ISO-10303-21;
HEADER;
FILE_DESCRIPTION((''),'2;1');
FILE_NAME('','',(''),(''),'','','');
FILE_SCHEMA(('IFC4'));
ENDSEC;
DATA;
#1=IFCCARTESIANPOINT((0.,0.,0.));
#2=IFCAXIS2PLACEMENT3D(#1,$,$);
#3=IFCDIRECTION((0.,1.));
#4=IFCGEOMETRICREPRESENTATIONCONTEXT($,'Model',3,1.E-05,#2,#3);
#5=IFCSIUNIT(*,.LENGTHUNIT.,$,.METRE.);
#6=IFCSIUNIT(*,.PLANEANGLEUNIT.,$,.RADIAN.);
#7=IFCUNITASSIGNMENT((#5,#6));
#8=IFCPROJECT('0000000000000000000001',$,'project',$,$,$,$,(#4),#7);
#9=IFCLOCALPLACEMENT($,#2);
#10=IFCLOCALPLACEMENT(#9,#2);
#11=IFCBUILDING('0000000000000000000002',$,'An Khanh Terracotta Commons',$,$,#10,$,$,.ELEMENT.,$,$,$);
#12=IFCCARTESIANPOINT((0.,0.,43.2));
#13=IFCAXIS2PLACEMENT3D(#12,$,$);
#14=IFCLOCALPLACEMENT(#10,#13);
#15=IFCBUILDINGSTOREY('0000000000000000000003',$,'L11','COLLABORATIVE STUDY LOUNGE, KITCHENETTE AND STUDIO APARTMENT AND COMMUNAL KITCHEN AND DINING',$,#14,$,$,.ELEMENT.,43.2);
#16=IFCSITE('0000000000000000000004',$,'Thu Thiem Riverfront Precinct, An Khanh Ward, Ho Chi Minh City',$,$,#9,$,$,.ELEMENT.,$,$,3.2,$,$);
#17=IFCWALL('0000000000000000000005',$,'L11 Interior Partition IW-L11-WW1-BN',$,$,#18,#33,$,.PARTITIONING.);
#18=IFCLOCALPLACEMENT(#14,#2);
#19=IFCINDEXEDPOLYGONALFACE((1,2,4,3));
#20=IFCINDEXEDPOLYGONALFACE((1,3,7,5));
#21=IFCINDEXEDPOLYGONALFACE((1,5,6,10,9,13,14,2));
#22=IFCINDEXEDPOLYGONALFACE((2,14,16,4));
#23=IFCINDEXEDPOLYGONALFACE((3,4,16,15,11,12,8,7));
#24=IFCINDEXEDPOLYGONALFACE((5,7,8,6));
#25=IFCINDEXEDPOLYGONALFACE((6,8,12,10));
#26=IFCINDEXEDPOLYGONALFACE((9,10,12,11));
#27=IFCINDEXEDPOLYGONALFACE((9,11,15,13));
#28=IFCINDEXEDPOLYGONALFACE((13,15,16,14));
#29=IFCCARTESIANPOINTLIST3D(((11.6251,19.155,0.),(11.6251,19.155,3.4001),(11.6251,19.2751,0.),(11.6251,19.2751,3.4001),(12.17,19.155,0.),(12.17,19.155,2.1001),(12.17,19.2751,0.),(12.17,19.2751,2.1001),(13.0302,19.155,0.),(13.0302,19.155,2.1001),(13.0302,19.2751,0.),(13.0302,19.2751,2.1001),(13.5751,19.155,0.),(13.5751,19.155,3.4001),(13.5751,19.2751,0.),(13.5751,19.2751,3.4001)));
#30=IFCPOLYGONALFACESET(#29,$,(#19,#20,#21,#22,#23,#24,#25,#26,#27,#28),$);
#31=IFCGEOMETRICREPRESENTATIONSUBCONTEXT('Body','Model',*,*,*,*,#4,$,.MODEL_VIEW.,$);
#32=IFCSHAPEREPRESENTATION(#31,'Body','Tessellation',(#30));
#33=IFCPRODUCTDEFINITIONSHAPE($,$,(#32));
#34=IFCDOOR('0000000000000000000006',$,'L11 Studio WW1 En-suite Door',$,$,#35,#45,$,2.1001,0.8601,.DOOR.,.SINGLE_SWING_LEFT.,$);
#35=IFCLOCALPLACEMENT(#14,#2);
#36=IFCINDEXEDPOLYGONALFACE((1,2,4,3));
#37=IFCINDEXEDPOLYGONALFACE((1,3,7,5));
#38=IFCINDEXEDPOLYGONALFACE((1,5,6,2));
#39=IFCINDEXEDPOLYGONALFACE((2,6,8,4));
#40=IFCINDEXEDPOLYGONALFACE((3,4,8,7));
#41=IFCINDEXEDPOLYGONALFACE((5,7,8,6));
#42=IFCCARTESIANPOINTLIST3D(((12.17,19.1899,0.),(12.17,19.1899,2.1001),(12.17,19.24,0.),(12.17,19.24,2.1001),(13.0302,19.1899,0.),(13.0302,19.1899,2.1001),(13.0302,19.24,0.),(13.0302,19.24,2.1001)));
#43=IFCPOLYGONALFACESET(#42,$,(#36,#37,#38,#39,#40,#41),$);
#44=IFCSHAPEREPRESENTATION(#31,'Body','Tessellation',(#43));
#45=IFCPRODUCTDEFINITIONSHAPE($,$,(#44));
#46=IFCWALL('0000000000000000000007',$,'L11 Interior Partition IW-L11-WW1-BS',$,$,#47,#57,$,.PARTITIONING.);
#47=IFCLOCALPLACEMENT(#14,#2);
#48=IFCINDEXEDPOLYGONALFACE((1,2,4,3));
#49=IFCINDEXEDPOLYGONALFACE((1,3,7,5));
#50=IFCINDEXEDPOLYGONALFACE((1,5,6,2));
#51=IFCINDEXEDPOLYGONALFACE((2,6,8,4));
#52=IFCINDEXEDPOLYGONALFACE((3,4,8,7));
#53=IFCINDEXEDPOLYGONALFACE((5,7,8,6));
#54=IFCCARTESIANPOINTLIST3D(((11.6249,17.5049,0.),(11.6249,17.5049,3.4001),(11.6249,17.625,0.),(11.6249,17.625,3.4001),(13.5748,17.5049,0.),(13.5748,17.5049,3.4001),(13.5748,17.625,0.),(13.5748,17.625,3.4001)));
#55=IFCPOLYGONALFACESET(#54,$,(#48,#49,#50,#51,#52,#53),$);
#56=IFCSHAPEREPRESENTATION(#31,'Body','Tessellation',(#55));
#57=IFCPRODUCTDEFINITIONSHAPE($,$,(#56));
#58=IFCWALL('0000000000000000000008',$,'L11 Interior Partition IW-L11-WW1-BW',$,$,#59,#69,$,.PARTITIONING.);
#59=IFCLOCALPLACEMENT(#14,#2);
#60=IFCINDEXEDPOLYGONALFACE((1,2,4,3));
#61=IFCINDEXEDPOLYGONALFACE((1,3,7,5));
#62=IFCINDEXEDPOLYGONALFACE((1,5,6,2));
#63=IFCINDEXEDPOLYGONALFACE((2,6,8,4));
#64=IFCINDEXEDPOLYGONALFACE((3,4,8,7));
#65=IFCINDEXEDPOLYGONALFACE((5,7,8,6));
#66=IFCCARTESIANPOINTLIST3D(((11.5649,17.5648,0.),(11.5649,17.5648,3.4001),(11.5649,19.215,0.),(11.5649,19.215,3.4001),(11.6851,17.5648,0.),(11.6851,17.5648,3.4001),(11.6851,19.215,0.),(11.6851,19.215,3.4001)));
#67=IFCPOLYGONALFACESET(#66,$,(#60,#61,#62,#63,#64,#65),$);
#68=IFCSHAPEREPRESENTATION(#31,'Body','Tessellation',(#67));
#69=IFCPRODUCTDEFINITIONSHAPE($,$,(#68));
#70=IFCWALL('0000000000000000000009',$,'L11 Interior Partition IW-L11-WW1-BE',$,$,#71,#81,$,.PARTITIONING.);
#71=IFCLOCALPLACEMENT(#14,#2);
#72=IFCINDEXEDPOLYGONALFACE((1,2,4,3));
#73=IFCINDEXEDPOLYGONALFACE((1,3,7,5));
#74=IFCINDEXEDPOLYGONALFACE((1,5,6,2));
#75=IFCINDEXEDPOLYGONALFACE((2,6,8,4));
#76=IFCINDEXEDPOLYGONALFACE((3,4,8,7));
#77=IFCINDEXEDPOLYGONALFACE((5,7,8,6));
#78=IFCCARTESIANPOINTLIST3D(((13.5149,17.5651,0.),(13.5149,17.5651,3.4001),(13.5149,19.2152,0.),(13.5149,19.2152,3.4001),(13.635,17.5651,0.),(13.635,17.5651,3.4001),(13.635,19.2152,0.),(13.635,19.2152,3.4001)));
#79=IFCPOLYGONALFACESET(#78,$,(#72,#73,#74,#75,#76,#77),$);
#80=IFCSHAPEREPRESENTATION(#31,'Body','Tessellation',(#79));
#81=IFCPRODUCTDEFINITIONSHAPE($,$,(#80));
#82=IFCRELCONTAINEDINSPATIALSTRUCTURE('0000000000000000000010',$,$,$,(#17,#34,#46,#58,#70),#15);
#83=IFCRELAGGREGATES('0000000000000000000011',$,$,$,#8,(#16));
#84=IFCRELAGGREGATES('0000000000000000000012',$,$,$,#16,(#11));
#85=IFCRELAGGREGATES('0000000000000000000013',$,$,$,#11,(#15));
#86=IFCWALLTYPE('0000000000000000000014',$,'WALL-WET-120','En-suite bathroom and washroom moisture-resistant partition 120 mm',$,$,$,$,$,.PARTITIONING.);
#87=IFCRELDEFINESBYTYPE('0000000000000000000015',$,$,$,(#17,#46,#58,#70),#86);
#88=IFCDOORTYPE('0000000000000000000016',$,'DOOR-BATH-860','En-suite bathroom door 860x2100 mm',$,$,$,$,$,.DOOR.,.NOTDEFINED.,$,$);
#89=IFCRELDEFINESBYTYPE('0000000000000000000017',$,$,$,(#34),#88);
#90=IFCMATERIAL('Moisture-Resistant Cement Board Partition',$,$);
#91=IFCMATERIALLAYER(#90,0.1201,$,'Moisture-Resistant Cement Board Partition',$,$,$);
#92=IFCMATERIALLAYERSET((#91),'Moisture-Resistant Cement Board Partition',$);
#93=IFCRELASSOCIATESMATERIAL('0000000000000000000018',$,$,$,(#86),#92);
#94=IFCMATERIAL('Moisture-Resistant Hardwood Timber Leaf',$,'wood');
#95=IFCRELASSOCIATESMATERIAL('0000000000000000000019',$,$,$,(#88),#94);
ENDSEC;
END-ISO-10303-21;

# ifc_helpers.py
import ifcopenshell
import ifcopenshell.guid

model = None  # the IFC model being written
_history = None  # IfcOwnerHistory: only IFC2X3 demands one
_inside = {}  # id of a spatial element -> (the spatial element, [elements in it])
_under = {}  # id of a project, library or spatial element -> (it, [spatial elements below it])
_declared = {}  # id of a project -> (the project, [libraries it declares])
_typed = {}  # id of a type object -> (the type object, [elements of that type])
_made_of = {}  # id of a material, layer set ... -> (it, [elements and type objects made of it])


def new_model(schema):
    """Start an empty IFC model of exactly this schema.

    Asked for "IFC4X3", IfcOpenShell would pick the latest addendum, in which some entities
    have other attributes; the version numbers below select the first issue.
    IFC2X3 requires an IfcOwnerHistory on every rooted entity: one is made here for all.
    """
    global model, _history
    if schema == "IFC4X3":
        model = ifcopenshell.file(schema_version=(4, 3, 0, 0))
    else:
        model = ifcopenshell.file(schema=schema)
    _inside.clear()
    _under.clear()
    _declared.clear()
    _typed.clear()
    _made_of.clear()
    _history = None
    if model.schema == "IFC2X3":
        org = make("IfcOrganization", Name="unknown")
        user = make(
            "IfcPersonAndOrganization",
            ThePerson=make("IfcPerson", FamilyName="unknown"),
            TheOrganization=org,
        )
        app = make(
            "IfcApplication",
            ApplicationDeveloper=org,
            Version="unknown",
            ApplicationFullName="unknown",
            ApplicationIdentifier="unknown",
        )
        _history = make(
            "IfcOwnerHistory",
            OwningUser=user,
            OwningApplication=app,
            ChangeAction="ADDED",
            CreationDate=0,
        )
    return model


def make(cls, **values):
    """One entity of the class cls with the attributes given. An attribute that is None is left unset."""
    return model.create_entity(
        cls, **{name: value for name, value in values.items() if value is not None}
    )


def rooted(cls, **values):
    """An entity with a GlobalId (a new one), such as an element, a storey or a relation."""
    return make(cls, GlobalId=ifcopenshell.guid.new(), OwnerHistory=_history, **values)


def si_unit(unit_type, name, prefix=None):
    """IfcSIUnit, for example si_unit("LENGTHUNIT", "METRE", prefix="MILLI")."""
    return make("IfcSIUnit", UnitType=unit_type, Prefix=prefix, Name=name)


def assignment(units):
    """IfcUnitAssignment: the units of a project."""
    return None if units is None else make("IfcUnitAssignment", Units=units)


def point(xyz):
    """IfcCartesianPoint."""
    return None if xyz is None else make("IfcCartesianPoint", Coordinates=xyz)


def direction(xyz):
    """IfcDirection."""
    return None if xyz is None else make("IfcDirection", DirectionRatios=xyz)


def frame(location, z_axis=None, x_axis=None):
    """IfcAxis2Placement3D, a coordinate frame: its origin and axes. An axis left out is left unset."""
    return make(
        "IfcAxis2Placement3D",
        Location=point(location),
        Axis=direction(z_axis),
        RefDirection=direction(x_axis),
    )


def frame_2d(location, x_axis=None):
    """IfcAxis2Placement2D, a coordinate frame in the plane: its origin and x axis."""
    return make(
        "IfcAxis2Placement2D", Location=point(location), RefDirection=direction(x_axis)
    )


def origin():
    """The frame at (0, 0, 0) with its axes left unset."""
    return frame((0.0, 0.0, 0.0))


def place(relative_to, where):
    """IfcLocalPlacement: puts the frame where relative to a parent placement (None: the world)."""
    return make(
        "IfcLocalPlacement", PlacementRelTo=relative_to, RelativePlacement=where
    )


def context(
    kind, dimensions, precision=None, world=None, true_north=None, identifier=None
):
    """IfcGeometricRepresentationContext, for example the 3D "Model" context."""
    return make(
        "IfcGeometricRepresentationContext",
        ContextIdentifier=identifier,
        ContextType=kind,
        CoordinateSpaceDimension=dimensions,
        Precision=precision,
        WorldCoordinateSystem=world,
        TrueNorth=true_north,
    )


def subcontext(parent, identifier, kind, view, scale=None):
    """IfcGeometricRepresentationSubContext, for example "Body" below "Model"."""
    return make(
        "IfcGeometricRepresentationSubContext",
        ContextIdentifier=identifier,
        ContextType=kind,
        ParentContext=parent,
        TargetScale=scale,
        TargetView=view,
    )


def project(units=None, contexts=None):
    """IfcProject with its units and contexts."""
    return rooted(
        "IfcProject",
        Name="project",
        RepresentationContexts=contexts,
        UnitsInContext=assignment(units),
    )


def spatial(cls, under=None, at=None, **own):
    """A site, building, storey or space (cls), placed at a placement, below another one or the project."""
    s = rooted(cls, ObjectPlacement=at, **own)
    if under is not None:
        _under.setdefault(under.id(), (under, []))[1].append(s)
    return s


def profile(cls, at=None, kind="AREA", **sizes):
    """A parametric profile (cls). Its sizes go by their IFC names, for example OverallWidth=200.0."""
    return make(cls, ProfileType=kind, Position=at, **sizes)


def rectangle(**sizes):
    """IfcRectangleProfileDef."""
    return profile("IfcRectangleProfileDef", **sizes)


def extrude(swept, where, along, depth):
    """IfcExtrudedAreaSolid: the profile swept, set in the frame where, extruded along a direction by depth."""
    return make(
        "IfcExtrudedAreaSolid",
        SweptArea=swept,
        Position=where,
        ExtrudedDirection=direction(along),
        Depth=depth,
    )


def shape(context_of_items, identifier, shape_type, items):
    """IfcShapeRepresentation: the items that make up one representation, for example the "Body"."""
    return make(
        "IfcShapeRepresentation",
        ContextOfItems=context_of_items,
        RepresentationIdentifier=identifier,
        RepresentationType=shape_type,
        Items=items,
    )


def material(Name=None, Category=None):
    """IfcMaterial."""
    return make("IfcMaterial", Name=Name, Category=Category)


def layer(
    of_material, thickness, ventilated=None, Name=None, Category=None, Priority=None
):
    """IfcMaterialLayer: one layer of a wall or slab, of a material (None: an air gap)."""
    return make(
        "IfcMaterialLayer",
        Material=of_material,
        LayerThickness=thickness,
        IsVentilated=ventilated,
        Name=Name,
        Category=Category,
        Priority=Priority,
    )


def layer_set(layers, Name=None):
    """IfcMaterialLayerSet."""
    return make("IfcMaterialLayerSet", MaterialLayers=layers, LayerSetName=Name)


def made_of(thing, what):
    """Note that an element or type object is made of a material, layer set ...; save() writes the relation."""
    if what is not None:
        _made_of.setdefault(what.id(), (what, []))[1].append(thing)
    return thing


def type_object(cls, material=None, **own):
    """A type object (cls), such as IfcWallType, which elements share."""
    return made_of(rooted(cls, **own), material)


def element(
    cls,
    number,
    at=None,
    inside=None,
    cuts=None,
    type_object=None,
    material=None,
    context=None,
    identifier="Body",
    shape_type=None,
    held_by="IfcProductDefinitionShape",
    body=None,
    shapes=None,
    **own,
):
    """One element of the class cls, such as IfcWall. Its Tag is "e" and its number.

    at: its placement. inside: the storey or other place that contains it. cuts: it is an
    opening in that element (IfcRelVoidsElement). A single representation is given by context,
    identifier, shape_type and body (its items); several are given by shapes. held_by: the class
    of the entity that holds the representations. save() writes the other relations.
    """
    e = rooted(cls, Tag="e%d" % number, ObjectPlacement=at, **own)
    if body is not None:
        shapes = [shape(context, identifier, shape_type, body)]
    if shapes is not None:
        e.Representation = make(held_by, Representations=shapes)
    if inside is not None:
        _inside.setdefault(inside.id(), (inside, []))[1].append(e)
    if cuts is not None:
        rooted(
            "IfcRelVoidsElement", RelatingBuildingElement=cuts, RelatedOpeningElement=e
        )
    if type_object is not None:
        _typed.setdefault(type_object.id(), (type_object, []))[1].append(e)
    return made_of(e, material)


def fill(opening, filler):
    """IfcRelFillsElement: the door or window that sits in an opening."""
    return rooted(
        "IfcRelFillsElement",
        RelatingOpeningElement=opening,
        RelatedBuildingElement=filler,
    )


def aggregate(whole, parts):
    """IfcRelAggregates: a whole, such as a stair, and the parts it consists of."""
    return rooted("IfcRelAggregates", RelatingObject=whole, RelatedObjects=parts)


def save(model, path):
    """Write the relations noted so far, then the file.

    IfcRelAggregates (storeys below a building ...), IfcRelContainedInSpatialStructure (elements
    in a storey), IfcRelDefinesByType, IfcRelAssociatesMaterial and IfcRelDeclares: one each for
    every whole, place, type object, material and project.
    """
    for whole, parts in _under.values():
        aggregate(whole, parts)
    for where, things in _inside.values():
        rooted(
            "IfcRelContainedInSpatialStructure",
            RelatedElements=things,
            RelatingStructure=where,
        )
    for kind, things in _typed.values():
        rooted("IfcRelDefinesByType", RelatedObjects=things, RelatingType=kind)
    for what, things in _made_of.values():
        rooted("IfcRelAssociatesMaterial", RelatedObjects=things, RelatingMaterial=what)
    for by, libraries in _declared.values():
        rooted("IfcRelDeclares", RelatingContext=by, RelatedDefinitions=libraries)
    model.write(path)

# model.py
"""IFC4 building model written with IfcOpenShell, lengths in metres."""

from ifc_helpers import new_model, si_unit, direction, frame, frame_2d, origin, place, context, subcontext, project, spatial, rectangle, extrude, material, layer, layer_set, type_object, element, fill, save


model = new_model("IFC4")

# Units and contexts
model_context = context("Model", 3, precision=1e-05, world=origin(), true_north=direction((0.0, 1.0)))
body_context = subcontext(model_context, "Body", "Model", "MODEL_VIEW")
ifc_project = project(units=[si_unit("LENGTHUNIT", "METRE"), si_unit("PLANEANGLEUNIT", "RADIAN")], contexts=[model_context])

# Site, building, storey
site_placement = place(None, origin())
site = spatial("IfcSite", under=ifc_project, at=site_placement, Name="Thu Thiem Riverfront Precinct, An Khanh Ward, Ho Chi Minh City", CompositionType="ELEMENT", RefElevation=3.2)
building_placement = place(site_placement, origin())
building = spatial("IfcBuilding", under=site, at=building_placement, Name="An Khanh Terracotta Commons", CompositionType="ELEMENT")
storey_placement = place(building_placement, frame((0.0, 0.0, 43.2)))
storey = spatial("IfcBuildingStorey", under=building, at=storey_placement, Name="L11", Description="COLLABORATIVE STUDY LOUNGE, KITCHENETTE AND STUDIO APARTMENT AND COMMUNAL KITCHEN AND DINING", CompositionType="ELEMENT", Elevation=43.2)

# Wall, opening, door
ifc_material_1 = material(Name="Moisture-Resistant Cement Board Partition")
ifc_layer_1 = layer(ifc_material_1, 0.1201, Name="Moisture-Resistant Cement Board Partition")
ifc_layer_set_1 = layer_set([ifc_layer_1], Name="Moisture-Resistant Cement Board Partition")
wall_type_1 = type_object("IfcWallType", Name="WALL-WET-120", Description="En-suite bathroom and washroom moisture-resistant partition 120 mm", PredefinedType="PARTITIONING", material=ifc_layer_set_1)
wall_1_placement = place(storey_placement, frame((11.625, 19.2151, 0.0), z_axis=(0.0, 0.0, 1.0), x_axis=(1.0, 0.0, 0.0)))
wall_1 = element("IfcWall", 1, at=wall_1_placement, inside=storey, type_object=wall_type_1, Name="L11 Interior Partition IW-L11-WW1-BN", PredefinedType="PARTITIONING", context=body_context, shape_type="SweptSolid", body=[
    extrude(rectangle(XDim=1.95, YDim=0.1201, at=frame_2d((0.9751, 0.0))), origin(), (0.0, 0.0, 1.0), 3.4001),
])
opening_1_placement = place(wall_1_placement, frame((0.5449, 0.0, 0.0)))
opening_1 = element("IfcOpeningElement", 2, at=opening_1_placement, cuts=wall_1, PredefinedType="OPENING", context=body_context, shape_type="SweptSolid", body=[
    extrude(rectangle(XDim=0.8601, YDim=2.1001, at=frame_2d((0.4302, 1.05))), frame((0.0, 0.0701, 0.0), z_axis=(0.0, -1.0, 0.0), x_axis=(1.0, 0.0, 0.0)), (0.0, 0.0, 1.0), 0.1401),
])
ifc_material_2 = material(Name="Moisture-Resistant Hardwood Timber Leaf", Category="wood")
door_type_1 = type_object("IfcDoorType", Name="DOOR-BATH-860", Description="En-suite bathroom door 860x2100 mm", OperationType="NOTDEFINED", PredefinedType="DOOR", material=ifc_material_2)
door_1_placement = place(opening_1_placement, origin())
door_1 = element("IfcDoor", 3, at=door_1_placement, inside=storey, type_object=door_type_1, Name="L11 Studio WW1 En-suite Door", OperationType="SINGLE_SWING_LEFT", OverallHeight=2.1001, OverallWidth=0.8601, PredefinedType="DOOR", context=body_context, shape_type="SweptSolid", body=[
    extrude(rectangle(XDim=0.8601, YDim=2.1001, at=frame_2d((0.4302, 1.05))), frame((0.0, 0.0249, 0.0), z_axis=(0.0, -1.0, 0.0), x_axis=(1.0, 0.0, 0.0)), (0.0, 0.0, 1.0), 0.05),
])
fill(opening_1, door_1)

# Walls
wall_2_placement = place(storey_placement, frame((13.575, 17.5649, 0.0), z_axis=(0.0, 0.0, 1.0), x_axis=(-1.0, 0.0, 0.0)))
element("IfcWall", 4, at=wall_2_placement, inside=storey, type_object=wall_type_1, Name="L11 Interior Partition IW-L11-WW1-BS", PredefinedType="PARTITIONING", context=body_context, shape_type="SweptSolid", body=[
    extrude(rectangle(XDim=1.95, YDim=0.1201, at=frame_2d((0.9751, 0.0))), origin(), (0.0, 0.0, 1.0), 3.4001),
])
for number, where, z_axis, x_axis, name in (
    (5, (11.625, 19.2151, 0.0), (0.0, 0.0, 1.0), (0.0, -1.0, 0.0), "L11 Interior Partition IW-L11-WW1-BW"),
    (6, (13.575, 17.5649, 0.0), (0.0, 0.0, 1.0), (0.0, 1.0, 0.0), "L11 Interior Partition IW-L11-WW1-BE"),
):
    element("IfcWall", number, at=place(storey_placement, frame(where, z_axis=z_axis, x_axis=x_axis)), inside=storey, type_object=wall_type_1, Name=name, PredefinedType="PARTITIONING", context=body_context, shape_type="SweptSolid", body=[
        extrude(rectangle(XDim=1.6501, YDim=0.1201, at=frame_2d((0.8252, 0.0))), origin(), (0.0, 0.0, 1.0), 3.4001),
    ])

save(model, "model.ifc")
